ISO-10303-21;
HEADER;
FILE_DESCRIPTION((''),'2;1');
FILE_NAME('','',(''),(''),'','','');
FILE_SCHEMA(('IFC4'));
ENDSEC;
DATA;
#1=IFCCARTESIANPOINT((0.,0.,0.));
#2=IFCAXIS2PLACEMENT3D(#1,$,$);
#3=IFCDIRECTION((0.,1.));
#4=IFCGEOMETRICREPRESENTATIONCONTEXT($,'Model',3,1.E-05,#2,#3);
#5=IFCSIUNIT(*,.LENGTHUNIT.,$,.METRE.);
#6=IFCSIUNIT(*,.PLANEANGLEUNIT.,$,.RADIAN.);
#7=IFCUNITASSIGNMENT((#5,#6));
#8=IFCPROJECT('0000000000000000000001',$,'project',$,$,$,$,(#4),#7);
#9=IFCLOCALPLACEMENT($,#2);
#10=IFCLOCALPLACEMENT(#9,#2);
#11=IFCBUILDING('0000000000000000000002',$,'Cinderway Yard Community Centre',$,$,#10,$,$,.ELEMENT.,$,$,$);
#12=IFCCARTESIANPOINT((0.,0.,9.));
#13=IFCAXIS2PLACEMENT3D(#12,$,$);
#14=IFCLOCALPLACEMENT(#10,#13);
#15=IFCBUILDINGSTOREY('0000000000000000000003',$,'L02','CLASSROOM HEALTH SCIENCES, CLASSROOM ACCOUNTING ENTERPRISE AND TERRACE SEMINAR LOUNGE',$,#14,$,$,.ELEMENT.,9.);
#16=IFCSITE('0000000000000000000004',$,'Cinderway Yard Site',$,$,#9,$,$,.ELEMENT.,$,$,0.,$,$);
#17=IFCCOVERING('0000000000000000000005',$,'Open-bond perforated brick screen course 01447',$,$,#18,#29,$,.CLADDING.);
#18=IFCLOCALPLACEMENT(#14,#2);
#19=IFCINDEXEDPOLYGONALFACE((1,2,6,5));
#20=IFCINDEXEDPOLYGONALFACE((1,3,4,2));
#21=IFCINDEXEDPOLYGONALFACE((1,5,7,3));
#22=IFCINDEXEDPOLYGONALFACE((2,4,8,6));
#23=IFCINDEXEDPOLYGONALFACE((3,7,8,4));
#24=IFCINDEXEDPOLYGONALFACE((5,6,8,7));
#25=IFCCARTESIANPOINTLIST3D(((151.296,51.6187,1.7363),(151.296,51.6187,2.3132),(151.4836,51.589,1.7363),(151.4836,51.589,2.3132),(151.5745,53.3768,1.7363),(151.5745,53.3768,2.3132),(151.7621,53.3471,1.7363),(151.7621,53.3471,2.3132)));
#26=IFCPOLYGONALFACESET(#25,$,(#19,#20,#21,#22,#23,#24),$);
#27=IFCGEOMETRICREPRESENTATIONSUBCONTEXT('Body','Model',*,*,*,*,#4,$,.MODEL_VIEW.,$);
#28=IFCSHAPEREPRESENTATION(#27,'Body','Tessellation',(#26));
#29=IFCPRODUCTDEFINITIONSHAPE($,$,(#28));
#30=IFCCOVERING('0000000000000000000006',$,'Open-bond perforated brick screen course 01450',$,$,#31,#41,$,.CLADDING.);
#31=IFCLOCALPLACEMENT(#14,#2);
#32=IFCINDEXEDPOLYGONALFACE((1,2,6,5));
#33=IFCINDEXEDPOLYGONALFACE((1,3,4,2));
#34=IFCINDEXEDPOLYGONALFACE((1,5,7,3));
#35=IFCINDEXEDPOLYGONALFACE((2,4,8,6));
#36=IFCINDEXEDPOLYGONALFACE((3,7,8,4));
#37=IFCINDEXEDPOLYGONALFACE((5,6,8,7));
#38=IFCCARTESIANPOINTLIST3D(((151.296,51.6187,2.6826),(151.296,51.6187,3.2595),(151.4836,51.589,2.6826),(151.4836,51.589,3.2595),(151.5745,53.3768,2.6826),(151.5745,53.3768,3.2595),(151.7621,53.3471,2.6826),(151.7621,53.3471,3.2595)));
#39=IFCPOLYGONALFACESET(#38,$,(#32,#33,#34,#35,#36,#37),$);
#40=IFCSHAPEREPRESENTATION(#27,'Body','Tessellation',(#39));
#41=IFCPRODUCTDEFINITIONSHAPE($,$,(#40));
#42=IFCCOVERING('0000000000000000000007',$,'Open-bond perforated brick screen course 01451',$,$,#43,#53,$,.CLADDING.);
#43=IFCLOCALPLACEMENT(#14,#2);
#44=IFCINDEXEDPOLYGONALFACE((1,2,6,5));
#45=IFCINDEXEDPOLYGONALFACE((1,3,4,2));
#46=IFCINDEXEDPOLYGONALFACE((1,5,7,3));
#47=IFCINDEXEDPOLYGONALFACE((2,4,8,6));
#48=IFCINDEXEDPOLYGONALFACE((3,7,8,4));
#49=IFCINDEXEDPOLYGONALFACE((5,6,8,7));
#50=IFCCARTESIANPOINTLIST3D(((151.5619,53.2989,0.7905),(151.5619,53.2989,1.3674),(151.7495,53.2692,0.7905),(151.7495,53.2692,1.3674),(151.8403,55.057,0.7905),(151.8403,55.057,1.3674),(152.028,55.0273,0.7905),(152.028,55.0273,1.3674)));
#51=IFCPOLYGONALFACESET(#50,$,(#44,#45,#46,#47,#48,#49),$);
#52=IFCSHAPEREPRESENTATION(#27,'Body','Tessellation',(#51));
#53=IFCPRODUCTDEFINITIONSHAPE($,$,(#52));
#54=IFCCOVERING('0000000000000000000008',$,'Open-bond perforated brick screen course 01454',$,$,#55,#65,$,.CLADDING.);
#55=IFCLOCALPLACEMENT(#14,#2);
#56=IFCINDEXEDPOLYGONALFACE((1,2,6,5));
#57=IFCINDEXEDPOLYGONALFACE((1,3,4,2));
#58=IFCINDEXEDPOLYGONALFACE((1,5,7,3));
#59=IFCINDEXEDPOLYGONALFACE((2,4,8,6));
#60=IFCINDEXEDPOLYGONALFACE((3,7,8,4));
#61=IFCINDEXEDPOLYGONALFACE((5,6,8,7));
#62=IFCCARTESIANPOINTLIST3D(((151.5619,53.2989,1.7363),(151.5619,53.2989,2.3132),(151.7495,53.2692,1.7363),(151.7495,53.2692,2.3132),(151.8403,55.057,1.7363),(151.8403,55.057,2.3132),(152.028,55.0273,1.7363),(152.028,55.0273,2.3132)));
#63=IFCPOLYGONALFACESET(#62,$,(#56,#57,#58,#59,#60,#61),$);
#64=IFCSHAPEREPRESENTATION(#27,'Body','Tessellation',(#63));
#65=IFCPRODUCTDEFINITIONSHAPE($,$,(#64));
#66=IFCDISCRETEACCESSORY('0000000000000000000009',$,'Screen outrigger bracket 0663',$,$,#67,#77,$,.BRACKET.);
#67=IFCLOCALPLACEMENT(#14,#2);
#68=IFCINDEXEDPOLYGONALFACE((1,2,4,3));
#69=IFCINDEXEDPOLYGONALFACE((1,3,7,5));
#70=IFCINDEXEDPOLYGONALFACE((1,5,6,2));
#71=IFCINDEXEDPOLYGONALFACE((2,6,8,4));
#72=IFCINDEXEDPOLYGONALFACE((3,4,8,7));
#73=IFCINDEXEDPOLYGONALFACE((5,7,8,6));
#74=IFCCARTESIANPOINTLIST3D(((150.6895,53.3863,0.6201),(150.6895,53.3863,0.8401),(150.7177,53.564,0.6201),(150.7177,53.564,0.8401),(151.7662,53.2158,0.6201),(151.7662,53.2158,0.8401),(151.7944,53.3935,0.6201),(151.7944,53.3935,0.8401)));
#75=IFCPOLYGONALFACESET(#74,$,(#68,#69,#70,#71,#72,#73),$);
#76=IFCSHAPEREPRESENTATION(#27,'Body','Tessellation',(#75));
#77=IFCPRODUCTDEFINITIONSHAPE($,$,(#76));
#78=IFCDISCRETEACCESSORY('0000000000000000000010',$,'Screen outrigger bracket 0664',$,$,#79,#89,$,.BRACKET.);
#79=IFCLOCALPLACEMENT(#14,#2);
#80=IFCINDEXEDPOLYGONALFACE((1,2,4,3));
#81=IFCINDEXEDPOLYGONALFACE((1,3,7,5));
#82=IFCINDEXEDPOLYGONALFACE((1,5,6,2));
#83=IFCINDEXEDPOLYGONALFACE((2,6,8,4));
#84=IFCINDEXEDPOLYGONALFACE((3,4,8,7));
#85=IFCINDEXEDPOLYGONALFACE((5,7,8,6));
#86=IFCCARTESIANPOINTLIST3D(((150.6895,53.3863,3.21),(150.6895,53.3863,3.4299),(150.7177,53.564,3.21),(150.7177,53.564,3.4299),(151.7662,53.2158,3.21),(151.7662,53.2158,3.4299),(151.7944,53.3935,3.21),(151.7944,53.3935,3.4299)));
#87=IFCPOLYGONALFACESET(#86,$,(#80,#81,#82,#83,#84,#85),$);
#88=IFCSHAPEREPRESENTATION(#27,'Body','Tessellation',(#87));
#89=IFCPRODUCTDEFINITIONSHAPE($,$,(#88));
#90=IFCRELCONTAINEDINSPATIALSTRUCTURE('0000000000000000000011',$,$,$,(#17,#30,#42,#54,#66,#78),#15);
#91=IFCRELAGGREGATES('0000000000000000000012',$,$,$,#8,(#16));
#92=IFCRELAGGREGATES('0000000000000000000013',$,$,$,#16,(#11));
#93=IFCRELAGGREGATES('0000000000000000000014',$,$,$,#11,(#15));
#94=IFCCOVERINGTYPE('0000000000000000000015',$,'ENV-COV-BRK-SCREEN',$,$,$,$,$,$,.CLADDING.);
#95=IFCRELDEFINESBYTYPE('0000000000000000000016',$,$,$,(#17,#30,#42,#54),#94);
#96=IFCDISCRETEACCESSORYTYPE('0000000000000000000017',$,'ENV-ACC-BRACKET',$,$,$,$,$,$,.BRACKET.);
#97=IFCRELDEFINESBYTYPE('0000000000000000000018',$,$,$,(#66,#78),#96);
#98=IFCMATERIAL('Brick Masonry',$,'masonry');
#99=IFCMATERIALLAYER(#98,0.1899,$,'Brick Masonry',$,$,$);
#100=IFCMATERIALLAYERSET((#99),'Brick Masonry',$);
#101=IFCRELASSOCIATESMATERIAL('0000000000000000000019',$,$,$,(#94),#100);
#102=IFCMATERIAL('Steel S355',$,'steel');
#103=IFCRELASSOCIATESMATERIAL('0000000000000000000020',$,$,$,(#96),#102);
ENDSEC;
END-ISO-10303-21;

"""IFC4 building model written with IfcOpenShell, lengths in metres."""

from ifc_helpers import new_model, si_unit, direction, frame, origin, origin_2d, place, context, subcontext, project, spatial, rectangle, extrude, material, layer, layer_set, type_object, element, save


model = new_model("IFC4")

# Units and contexts
model_context = context("Model", 3, precision=1e-05, world=origin(), true_north=direction((0.0, 1.0)))
body_context = subcontext(model_context, "Body", "Model", "MODEL_VIEW")
ifc_project = project(units=[si_unit("LENGTHUNIT", "METRE"), si_unit("PLANEANGLEUNIT", "RADIAN")], contexts=[model_context])

# Site, building, storey
site_placement = place(None, origin())
site = spatial("IfcSite", under=ifc_project, at=site_placement, Name="Cinderway Yard Site", CompositionType="ELEMENT", RefElevation=0.0)
building_placement = place(site_placement, origin())
building = spatial("IfcBuilding", under=site, at=building_placement, Name="Cinderway Yard Community Centre", CompositionType="ELEMENT")
storey_placement = place(building_placement, frame((0.0, 0.0, 9.0)))
storey = spatial("IfcBuildingStorey", under=building, at=storey_placement, Name="L02", Description="CLASSROOM HEALTH SCIENCES, CLASSROOM ACCOUNTING ENTERPRISE AND TERRACE SEMINAR LOUNGE", CompositionType="ELEMENT", Elevation=9.0)

# Shared definitions
ifc_material_1 = material(Name="Steel S355", Category="steel")

# Coverings
ifc_material_2 = material(Name="Brick Masonry", Category="masonry")
ifc_layer_1 = layer(ifc_material_2, 0.1899, Name="Brick Masonry")
ifc_layer_set_1 = layer_set([ifc_layer_1], Name="Brick Masonry")
covering_type = type_object("IfcCoveringType", Name="ENV-COV-BRK-SCREEN", PredefinedType="CLADDING", material=ifc_layer_set_1)
for number, where, z_axis, x_axis, name in (
    (1, (151.5291, 52.4829, 1.7363), (0.0, 0.0, 1.0), (-0.156434, -0.987688, 0.0), "Open-bond perforated brick screen course 01447"),
    (2, (151.5291, 52.4829, 2.6826), (0.0, 0.0, 1.0), (-0.156434, -0.987688, 0.0), "Open-bond perforated brick screen course 01450"),
    (3, (151.7949, 54.1631, 0.7905), (0.0, 0.0, 1.0), (-0.156434, -0.987688, 0.0), "Open-bond perforated brick screen course 01451"),
    (4, (151.7949, 54.1631, 1.7363), (0.0, 0.0, 1.0), (-0.156434, -0.987688, 0.0), "Open-bond perforated brick screen course 01454"),
):
    element("IfcCovering", number, at=place(storey_placement, frame(where, z_axis=z_axis, x_axis=x_axis)), inside=storey, type_object=covering_type, Name=name, PredefinedType="CLADDING", context=body_context, shape_type="SweptSolid", body=[
        extrude(rectangle(XDim=1.78, YDim=0.1899, at=origin_2d()), origin(), (0.0, 0.0, 1.0), 0.5769),
    ])

# Discrete accessories
discrete_accessory_type = type_object("IfcDiscreteAccessoryType", Name="ENV-ACC-BRACKET", PredefinedType="BRACKET", material=ifc_material_1)
for number, where, z_axis, x_axis, name in (
    (5, (151.2419, 53.3899, 0.6201), (0.0, 0.0, 1.0), (0.987688, -0.156434, 0.0), "Screen outrigger bracket 0663"),
    (6, (151.2419, 53.3899, 3.21), (0.0, 0.0, 1.0), (0.987688, -0.156434, 0.0), "Screen outrigger bracket 0664"),
):
    element("IfcDiscreteAccessory", number, at=place(storey_placement, frame(where, z_axis=z_axis, x_axis=x_axis)), inside=storey, type_object=discrete_accessory_type, Name=name, PredefinedType="BRACKET", context=body_context, shape_type="SweptSolid", body=[
        extrude(rectangle(XDim=1.0901, YDim=0.1799, at=origin_2d()), origin(), (0.0, 0.0, 1.0), 0.22),
    ])

save(model, "model.ifc")
